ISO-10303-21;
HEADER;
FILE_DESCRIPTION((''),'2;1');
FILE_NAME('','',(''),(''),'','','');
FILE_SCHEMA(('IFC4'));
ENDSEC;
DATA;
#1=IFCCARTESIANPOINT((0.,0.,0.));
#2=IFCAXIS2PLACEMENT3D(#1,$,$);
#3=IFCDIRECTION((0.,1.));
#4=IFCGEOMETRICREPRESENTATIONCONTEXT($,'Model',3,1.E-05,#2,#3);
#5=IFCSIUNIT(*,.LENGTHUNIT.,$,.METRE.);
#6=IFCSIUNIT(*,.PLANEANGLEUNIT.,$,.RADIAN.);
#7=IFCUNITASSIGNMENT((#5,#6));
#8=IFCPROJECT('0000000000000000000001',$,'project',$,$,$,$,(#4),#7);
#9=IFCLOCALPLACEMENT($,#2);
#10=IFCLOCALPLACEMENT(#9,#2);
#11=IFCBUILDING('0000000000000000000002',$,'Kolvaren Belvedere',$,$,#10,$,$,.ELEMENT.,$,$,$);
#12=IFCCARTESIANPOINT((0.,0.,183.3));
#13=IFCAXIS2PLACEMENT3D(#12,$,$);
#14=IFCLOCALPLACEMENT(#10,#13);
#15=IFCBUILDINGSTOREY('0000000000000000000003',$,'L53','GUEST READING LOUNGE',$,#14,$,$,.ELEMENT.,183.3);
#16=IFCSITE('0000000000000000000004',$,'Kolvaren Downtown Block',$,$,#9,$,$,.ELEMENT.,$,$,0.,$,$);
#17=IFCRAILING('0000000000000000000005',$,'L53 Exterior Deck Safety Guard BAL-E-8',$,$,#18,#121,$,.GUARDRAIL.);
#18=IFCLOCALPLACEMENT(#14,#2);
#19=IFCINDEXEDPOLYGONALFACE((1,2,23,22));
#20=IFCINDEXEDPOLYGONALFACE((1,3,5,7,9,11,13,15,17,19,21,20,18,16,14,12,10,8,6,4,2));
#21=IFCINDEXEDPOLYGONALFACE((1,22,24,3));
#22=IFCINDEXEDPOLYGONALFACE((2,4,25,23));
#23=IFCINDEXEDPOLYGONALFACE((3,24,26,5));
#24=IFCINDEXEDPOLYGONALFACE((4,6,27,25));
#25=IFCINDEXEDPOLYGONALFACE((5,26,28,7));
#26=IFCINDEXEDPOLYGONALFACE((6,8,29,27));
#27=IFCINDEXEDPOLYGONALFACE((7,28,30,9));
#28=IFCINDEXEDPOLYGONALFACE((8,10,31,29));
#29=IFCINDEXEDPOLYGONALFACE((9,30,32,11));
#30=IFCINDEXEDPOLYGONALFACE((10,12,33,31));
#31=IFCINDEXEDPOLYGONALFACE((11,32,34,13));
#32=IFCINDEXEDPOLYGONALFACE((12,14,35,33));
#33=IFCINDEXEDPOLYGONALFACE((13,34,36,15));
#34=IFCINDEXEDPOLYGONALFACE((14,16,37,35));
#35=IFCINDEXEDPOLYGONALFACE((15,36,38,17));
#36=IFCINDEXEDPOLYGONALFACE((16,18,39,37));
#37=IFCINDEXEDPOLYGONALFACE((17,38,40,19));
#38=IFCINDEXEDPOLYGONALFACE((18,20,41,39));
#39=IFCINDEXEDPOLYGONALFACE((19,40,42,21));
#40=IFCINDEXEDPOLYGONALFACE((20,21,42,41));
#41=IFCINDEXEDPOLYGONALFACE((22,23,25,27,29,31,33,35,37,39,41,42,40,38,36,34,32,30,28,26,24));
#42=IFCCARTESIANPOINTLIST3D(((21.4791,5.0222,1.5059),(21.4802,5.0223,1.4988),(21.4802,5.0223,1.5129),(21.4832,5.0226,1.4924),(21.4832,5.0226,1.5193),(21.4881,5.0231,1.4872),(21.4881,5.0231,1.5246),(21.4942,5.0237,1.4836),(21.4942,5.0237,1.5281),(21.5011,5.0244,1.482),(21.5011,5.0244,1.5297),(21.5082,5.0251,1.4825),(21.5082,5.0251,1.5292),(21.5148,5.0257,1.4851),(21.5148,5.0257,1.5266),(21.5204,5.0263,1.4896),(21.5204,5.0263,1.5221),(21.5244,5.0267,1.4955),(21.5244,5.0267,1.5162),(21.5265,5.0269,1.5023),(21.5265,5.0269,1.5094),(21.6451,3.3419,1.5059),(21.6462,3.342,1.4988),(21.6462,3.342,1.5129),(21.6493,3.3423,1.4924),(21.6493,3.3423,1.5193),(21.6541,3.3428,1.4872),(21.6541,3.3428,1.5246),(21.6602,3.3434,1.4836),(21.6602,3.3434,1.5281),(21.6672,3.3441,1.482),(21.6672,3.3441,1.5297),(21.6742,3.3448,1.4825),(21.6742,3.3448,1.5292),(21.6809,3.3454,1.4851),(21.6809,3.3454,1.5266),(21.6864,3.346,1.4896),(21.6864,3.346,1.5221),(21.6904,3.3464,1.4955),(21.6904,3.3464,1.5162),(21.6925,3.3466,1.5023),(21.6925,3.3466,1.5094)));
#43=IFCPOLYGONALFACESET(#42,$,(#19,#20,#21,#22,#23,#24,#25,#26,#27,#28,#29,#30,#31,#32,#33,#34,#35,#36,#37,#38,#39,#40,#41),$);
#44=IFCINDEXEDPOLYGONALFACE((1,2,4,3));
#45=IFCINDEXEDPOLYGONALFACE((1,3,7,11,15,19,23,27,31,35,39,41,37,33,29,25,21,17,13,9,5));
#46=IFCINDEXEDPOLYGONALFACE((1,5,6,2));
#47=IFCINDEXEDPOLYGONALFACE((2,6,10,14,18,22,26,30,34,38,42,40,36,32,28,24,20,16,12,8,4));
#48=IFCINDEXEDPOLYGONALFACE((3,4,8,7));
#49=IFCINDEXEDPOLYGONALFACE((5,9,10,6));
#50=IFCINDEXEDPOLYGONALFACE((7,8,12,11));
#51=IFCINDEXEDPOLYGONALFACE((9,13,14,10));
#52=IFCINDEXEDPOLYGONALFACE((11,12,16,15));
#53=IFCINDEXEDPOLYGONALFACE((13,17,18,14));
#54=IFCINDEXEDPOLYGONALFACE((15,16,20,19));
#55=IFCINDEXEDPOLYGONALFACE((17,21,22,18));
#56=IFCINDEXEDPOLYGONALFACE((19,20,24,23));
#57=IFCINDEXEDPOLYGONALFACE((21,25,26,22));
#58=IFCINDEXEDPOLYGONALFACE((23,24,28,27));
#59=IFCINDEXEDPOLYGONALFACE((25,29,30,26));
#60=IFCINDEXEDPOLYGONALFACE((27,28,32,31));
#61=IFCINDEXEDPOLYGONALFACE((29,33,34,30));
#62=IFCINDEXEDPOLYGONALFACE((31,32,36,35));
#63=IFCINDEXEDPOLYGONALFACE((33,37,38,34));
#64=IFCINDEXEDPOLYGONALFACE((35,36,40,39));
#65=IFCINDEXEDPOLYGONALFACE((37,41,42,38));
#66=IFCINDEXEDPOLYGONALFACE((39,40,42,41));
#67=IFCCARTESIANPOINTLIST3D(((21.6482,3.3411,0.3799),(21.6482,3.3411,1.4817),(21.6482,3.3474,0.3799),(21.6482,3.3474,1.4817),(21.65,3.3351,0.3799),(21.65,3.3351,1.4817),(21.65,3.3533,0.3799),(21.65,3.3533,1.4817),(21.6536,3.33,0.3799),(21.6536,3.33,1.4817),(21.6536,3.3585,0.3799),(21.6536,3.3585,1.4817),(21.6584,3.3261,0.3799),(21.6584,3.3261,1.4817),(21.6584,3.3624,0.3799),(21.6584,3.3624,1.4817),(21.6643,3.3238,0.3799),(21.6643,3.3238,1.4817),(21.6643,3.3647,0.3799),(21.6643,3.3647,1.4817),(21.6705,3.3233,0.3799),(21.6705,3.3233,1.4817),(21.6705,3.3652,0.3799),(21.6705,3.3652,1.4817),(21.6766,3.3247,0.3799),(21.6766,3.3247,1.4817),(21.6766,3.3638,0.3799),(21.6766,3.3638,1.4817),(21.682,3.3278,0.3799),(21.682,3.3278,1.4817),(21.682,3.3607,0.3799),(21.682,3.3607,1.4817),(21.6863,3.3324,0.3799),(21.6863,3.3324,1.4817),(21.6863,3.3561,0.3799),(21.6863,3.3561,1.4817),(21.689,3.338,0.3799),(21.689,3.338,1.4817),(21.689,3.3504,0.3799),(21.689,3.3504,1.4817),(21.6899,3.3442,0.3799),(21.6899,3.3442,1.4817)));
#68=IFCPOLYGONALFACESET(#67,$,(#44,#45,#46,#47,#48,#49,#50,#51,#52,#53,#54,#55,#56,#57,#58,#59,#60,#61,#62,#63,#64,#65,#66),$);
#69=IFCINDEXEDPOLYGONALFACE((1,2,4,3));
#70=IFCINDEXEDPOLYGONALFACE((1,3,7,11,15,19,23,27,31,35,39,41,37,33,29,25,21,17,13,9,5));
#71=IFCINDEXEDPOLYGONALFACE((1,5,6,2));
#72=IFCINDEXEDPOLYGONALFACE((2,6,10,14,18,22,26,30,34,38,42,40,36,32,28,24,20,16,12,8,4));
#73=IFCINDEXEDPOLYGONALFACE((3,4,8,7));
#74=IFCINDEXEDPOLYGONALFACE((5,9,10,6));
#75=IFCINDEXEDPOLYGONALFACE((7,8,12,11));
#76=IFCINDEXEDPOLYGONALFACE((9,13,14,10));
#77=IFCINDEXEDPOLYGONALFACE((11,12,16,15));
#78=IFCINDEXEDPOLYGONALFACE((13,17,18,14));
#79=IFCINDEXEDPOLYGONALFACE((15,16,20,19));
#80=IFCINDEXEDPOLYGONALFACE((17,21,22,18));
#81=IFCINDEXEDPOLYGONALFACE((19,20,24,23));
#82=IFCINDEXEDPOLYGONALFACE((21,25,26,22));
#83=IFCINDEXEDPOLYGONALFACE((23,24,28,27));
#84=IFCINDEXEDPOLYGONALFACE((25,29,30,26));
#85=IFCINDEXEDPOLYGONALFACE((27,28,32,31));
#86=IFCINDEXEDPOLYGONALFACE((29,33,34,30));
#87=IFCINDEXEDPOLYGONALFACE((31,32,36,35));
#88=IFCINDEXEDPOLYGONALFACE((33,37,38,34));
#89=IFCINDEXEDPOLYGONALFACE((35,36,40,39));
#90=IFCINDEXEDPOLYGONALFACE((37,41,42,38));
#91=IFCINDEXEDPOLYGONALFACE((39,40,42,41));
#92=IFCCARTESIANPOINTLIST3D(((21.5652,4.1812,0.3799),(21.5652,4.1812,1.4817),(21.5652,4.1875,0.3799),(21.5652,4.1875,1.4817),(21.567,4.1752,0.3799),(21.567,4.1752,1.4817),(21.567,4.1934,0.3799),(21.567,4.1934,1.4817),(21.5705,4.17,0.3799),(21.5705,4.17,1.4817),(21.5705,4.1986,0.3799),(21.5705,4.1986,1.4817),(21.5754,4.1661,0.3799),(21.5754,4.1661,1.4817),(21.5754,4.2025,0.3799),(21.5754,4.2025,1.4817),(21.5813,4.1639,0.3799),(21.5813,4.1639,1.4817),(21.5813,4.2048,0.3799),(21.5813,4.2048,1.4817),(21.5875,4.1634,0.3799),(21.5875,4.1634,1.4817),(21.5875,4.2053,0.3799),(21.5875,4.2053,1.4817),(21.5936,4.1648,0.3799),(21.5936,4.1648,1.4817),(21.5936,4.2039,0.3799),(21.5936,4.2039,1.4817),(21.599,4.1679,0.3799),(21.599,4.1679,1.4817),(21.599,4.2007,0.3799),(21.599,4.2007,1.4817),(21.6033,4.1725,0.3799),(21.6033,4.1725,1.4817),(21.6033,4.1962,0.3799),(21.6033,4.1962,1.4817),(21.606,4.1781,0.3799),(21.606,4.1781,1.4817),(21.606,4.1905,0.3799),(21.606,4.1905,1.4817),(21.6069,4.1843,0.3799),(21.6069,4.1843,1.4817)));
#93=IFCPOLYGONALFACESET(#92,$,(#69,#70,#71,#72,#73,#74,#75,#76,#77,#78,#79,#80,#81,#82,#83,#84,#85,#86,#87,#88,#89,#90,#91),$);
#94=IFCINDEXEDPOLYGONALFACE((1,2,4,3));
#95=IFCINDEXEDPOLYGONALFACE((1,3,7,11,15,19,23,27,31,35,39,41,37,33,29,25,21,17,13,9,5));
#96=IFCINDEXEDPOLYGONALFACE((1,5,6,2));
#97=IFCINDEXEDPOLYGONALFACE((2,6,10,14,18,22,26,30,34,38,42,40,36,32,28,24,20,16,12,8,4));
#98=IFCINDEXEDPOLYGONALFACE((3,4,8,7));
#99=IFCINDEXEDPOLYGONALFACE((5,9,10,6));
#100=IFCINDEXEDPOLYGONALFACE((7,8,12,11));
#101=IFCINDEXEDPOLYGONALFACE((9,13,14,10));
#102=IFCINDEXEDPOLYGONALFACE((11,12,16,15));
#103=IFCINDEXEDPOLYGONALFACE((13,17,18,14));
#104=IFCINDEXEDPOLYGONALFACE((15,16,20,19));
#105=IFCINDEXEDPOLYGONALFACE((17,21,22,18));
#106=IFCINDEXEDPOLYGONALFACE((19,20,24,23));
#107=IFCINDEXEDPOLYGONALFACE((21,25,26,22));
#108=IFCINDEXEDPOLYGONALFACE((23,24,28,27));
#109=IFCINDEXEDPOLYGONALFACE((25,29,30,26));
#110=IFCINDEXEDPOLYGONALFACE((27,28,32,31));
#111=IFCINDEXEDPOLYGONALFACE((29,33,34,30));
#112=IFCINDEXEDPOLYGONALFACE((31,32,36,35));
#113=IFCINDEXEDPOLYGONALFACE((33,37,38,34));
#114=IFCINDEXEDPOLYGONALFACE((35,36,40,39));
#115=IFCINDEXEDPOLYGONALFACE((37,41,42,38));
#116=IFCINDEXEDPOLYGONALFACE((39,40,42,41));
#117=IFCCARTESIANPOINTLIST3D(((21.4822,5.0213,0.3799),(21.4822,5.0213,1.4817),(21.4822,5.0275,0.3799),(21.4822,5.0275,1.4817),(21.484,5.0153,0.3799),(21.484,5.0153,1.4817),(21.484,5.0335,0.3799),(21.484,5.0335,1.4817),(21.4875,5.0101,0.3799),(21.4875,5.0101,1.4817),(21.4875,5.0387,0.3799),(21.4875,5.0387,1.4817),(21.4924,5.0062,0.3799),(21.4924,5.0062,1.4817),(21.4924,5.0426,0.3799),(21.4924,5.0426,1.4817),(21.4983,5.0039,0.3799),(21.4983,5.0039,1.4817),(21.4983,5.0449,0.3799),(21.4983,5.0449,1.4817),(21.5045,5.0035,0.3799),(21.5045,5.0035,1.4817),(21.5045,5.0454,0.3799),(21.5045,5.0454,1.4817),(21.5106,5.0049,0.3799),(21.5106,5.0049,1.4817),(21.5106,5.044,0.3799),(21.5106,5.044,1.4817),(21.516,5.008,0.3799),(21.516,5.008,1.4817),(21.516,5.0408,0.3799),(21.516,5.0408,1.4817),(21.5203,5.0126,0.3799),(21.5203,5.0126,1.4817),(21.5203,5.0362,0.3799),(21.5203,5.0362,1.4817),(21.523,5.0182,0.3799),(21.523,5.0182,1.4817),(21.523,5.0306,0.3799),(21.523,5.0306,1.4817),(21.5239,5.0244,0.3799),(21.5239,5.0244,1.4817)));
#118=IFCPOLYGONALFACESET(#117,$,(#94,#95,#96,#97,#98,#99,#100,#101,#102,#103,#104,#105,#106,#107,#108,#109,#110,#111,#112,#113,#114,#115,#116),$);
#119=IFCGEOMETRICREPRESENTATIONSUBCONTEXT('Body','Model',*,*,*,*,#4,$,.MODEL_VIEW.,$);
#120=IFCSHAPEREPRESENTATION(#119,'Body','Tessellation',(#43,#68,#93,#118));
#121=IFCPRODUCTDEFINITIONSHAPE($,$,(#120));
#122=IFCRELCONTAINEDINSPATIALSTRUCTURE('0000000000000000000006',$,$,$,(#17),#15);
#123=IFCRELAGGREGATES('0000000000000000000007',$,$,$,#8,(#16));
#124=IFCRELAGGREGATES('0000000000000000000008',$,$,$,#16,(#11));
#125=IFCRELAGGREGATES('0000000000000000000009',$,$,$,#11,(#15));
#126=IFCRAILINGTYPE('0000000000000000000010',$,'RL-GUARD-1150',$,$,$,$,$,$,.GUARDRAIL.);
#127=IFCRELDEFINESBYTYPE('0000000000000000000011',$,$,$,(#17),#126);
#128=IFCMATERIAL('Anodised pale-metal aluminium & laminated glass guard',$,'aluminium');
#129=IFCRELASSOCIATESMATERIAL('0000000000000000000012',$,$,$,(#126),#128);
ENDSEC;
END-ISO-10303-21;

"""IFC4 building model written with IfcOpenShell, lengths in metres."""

from ifc_helpers import new_model, si_unit, direction, frame, origin, origin_2d, place, context, subcontext, project, spatial, circle, extrude, material, type_object, element, save


model = new_model("IFC4")

# Units and contexts
model_context = context("Model", 3, precision=1e-05, world=origin(), true_north=direction((0.0, 1.0)))
body_context = subcontext(model_context, "Body", "Model", "MODEL_VIEW")
ifc_project = project(units=[si_unit("LENGTHUNIT", "METRE"), si_unit("PLANEANGLEUNIT", "RADIAN")], contexts=[model_context])

# Site, building, storey
site_placement = place(None, origin())
site = spatial("IfcSite", under=ifc_project, at=site_placement, Name="Kolvaren Downtown Block", CompositionType="ELEMENT", RefElevation=0.0)
building_placement = place(site_placement, origin())
building = spatial("IfcBuilding", under=site, at=building_placement, Name="Kolvaren Belvedere", CompositionType="ELEMENT")
storey_placement = place(building_placement, frame((0.0, 0.0, 183.3)))
storey = spatial("IfcBuildingStorey", under=building, at=storey_placement, Name="L53", Description="GUEST READING LOUNGE", CompositionType="ELEMENT", Elevation=183.3)

# Railing
ifc_material_1 = material(Name="Anodised pale-metal aluminium & laminated glass guard", Category="aluminium")
railing_type = type_object("IfcRailingType", Name="RL-GUARD-1150", PredefinedType="GUARDRAIL", material=ifc_material_1)
railing_1_placement = place(storey_placement, frame((21.6689, 3.3442, 0.3799)))
element("IfcRailing", 1, at=railing_1_placement, inside=storey, type_object=railing_type, Name="L53 Exterior Deck Safety Guard BAL-E-8", PredefinedType="GUARDRAIL", context=body_context, shape_type="SweptSolid", body=[
    extrude(circle(Radius=0.0239, at=origin_2d()), frame((0.0, 0.0, 1.126), z_axis=(-0.09833, 0.995154, 0.0), x_axis=(-0.995154, -0.09833, 0.0)), (0.0, 0.0, 1.0), 1.6885),
    extrude(circle(Radius=0.021, at=origin_2d()), origin(), (0.0, 0.0, 1.0), 1.1018),
    extrude(circle(Radius=0.021, at=origin_2d()), frame((-0.083, 0.8401, 0.0)), (0.0, 0.0, 1.0), 1.1018),
    extrude(circle(Radius=0.021, at=origin_2d()), frame((-0.166, 1.6802, 0.0)), (0.0, 0.0, 1.0), 1.1018),
])

save(model, "model.ifc")
